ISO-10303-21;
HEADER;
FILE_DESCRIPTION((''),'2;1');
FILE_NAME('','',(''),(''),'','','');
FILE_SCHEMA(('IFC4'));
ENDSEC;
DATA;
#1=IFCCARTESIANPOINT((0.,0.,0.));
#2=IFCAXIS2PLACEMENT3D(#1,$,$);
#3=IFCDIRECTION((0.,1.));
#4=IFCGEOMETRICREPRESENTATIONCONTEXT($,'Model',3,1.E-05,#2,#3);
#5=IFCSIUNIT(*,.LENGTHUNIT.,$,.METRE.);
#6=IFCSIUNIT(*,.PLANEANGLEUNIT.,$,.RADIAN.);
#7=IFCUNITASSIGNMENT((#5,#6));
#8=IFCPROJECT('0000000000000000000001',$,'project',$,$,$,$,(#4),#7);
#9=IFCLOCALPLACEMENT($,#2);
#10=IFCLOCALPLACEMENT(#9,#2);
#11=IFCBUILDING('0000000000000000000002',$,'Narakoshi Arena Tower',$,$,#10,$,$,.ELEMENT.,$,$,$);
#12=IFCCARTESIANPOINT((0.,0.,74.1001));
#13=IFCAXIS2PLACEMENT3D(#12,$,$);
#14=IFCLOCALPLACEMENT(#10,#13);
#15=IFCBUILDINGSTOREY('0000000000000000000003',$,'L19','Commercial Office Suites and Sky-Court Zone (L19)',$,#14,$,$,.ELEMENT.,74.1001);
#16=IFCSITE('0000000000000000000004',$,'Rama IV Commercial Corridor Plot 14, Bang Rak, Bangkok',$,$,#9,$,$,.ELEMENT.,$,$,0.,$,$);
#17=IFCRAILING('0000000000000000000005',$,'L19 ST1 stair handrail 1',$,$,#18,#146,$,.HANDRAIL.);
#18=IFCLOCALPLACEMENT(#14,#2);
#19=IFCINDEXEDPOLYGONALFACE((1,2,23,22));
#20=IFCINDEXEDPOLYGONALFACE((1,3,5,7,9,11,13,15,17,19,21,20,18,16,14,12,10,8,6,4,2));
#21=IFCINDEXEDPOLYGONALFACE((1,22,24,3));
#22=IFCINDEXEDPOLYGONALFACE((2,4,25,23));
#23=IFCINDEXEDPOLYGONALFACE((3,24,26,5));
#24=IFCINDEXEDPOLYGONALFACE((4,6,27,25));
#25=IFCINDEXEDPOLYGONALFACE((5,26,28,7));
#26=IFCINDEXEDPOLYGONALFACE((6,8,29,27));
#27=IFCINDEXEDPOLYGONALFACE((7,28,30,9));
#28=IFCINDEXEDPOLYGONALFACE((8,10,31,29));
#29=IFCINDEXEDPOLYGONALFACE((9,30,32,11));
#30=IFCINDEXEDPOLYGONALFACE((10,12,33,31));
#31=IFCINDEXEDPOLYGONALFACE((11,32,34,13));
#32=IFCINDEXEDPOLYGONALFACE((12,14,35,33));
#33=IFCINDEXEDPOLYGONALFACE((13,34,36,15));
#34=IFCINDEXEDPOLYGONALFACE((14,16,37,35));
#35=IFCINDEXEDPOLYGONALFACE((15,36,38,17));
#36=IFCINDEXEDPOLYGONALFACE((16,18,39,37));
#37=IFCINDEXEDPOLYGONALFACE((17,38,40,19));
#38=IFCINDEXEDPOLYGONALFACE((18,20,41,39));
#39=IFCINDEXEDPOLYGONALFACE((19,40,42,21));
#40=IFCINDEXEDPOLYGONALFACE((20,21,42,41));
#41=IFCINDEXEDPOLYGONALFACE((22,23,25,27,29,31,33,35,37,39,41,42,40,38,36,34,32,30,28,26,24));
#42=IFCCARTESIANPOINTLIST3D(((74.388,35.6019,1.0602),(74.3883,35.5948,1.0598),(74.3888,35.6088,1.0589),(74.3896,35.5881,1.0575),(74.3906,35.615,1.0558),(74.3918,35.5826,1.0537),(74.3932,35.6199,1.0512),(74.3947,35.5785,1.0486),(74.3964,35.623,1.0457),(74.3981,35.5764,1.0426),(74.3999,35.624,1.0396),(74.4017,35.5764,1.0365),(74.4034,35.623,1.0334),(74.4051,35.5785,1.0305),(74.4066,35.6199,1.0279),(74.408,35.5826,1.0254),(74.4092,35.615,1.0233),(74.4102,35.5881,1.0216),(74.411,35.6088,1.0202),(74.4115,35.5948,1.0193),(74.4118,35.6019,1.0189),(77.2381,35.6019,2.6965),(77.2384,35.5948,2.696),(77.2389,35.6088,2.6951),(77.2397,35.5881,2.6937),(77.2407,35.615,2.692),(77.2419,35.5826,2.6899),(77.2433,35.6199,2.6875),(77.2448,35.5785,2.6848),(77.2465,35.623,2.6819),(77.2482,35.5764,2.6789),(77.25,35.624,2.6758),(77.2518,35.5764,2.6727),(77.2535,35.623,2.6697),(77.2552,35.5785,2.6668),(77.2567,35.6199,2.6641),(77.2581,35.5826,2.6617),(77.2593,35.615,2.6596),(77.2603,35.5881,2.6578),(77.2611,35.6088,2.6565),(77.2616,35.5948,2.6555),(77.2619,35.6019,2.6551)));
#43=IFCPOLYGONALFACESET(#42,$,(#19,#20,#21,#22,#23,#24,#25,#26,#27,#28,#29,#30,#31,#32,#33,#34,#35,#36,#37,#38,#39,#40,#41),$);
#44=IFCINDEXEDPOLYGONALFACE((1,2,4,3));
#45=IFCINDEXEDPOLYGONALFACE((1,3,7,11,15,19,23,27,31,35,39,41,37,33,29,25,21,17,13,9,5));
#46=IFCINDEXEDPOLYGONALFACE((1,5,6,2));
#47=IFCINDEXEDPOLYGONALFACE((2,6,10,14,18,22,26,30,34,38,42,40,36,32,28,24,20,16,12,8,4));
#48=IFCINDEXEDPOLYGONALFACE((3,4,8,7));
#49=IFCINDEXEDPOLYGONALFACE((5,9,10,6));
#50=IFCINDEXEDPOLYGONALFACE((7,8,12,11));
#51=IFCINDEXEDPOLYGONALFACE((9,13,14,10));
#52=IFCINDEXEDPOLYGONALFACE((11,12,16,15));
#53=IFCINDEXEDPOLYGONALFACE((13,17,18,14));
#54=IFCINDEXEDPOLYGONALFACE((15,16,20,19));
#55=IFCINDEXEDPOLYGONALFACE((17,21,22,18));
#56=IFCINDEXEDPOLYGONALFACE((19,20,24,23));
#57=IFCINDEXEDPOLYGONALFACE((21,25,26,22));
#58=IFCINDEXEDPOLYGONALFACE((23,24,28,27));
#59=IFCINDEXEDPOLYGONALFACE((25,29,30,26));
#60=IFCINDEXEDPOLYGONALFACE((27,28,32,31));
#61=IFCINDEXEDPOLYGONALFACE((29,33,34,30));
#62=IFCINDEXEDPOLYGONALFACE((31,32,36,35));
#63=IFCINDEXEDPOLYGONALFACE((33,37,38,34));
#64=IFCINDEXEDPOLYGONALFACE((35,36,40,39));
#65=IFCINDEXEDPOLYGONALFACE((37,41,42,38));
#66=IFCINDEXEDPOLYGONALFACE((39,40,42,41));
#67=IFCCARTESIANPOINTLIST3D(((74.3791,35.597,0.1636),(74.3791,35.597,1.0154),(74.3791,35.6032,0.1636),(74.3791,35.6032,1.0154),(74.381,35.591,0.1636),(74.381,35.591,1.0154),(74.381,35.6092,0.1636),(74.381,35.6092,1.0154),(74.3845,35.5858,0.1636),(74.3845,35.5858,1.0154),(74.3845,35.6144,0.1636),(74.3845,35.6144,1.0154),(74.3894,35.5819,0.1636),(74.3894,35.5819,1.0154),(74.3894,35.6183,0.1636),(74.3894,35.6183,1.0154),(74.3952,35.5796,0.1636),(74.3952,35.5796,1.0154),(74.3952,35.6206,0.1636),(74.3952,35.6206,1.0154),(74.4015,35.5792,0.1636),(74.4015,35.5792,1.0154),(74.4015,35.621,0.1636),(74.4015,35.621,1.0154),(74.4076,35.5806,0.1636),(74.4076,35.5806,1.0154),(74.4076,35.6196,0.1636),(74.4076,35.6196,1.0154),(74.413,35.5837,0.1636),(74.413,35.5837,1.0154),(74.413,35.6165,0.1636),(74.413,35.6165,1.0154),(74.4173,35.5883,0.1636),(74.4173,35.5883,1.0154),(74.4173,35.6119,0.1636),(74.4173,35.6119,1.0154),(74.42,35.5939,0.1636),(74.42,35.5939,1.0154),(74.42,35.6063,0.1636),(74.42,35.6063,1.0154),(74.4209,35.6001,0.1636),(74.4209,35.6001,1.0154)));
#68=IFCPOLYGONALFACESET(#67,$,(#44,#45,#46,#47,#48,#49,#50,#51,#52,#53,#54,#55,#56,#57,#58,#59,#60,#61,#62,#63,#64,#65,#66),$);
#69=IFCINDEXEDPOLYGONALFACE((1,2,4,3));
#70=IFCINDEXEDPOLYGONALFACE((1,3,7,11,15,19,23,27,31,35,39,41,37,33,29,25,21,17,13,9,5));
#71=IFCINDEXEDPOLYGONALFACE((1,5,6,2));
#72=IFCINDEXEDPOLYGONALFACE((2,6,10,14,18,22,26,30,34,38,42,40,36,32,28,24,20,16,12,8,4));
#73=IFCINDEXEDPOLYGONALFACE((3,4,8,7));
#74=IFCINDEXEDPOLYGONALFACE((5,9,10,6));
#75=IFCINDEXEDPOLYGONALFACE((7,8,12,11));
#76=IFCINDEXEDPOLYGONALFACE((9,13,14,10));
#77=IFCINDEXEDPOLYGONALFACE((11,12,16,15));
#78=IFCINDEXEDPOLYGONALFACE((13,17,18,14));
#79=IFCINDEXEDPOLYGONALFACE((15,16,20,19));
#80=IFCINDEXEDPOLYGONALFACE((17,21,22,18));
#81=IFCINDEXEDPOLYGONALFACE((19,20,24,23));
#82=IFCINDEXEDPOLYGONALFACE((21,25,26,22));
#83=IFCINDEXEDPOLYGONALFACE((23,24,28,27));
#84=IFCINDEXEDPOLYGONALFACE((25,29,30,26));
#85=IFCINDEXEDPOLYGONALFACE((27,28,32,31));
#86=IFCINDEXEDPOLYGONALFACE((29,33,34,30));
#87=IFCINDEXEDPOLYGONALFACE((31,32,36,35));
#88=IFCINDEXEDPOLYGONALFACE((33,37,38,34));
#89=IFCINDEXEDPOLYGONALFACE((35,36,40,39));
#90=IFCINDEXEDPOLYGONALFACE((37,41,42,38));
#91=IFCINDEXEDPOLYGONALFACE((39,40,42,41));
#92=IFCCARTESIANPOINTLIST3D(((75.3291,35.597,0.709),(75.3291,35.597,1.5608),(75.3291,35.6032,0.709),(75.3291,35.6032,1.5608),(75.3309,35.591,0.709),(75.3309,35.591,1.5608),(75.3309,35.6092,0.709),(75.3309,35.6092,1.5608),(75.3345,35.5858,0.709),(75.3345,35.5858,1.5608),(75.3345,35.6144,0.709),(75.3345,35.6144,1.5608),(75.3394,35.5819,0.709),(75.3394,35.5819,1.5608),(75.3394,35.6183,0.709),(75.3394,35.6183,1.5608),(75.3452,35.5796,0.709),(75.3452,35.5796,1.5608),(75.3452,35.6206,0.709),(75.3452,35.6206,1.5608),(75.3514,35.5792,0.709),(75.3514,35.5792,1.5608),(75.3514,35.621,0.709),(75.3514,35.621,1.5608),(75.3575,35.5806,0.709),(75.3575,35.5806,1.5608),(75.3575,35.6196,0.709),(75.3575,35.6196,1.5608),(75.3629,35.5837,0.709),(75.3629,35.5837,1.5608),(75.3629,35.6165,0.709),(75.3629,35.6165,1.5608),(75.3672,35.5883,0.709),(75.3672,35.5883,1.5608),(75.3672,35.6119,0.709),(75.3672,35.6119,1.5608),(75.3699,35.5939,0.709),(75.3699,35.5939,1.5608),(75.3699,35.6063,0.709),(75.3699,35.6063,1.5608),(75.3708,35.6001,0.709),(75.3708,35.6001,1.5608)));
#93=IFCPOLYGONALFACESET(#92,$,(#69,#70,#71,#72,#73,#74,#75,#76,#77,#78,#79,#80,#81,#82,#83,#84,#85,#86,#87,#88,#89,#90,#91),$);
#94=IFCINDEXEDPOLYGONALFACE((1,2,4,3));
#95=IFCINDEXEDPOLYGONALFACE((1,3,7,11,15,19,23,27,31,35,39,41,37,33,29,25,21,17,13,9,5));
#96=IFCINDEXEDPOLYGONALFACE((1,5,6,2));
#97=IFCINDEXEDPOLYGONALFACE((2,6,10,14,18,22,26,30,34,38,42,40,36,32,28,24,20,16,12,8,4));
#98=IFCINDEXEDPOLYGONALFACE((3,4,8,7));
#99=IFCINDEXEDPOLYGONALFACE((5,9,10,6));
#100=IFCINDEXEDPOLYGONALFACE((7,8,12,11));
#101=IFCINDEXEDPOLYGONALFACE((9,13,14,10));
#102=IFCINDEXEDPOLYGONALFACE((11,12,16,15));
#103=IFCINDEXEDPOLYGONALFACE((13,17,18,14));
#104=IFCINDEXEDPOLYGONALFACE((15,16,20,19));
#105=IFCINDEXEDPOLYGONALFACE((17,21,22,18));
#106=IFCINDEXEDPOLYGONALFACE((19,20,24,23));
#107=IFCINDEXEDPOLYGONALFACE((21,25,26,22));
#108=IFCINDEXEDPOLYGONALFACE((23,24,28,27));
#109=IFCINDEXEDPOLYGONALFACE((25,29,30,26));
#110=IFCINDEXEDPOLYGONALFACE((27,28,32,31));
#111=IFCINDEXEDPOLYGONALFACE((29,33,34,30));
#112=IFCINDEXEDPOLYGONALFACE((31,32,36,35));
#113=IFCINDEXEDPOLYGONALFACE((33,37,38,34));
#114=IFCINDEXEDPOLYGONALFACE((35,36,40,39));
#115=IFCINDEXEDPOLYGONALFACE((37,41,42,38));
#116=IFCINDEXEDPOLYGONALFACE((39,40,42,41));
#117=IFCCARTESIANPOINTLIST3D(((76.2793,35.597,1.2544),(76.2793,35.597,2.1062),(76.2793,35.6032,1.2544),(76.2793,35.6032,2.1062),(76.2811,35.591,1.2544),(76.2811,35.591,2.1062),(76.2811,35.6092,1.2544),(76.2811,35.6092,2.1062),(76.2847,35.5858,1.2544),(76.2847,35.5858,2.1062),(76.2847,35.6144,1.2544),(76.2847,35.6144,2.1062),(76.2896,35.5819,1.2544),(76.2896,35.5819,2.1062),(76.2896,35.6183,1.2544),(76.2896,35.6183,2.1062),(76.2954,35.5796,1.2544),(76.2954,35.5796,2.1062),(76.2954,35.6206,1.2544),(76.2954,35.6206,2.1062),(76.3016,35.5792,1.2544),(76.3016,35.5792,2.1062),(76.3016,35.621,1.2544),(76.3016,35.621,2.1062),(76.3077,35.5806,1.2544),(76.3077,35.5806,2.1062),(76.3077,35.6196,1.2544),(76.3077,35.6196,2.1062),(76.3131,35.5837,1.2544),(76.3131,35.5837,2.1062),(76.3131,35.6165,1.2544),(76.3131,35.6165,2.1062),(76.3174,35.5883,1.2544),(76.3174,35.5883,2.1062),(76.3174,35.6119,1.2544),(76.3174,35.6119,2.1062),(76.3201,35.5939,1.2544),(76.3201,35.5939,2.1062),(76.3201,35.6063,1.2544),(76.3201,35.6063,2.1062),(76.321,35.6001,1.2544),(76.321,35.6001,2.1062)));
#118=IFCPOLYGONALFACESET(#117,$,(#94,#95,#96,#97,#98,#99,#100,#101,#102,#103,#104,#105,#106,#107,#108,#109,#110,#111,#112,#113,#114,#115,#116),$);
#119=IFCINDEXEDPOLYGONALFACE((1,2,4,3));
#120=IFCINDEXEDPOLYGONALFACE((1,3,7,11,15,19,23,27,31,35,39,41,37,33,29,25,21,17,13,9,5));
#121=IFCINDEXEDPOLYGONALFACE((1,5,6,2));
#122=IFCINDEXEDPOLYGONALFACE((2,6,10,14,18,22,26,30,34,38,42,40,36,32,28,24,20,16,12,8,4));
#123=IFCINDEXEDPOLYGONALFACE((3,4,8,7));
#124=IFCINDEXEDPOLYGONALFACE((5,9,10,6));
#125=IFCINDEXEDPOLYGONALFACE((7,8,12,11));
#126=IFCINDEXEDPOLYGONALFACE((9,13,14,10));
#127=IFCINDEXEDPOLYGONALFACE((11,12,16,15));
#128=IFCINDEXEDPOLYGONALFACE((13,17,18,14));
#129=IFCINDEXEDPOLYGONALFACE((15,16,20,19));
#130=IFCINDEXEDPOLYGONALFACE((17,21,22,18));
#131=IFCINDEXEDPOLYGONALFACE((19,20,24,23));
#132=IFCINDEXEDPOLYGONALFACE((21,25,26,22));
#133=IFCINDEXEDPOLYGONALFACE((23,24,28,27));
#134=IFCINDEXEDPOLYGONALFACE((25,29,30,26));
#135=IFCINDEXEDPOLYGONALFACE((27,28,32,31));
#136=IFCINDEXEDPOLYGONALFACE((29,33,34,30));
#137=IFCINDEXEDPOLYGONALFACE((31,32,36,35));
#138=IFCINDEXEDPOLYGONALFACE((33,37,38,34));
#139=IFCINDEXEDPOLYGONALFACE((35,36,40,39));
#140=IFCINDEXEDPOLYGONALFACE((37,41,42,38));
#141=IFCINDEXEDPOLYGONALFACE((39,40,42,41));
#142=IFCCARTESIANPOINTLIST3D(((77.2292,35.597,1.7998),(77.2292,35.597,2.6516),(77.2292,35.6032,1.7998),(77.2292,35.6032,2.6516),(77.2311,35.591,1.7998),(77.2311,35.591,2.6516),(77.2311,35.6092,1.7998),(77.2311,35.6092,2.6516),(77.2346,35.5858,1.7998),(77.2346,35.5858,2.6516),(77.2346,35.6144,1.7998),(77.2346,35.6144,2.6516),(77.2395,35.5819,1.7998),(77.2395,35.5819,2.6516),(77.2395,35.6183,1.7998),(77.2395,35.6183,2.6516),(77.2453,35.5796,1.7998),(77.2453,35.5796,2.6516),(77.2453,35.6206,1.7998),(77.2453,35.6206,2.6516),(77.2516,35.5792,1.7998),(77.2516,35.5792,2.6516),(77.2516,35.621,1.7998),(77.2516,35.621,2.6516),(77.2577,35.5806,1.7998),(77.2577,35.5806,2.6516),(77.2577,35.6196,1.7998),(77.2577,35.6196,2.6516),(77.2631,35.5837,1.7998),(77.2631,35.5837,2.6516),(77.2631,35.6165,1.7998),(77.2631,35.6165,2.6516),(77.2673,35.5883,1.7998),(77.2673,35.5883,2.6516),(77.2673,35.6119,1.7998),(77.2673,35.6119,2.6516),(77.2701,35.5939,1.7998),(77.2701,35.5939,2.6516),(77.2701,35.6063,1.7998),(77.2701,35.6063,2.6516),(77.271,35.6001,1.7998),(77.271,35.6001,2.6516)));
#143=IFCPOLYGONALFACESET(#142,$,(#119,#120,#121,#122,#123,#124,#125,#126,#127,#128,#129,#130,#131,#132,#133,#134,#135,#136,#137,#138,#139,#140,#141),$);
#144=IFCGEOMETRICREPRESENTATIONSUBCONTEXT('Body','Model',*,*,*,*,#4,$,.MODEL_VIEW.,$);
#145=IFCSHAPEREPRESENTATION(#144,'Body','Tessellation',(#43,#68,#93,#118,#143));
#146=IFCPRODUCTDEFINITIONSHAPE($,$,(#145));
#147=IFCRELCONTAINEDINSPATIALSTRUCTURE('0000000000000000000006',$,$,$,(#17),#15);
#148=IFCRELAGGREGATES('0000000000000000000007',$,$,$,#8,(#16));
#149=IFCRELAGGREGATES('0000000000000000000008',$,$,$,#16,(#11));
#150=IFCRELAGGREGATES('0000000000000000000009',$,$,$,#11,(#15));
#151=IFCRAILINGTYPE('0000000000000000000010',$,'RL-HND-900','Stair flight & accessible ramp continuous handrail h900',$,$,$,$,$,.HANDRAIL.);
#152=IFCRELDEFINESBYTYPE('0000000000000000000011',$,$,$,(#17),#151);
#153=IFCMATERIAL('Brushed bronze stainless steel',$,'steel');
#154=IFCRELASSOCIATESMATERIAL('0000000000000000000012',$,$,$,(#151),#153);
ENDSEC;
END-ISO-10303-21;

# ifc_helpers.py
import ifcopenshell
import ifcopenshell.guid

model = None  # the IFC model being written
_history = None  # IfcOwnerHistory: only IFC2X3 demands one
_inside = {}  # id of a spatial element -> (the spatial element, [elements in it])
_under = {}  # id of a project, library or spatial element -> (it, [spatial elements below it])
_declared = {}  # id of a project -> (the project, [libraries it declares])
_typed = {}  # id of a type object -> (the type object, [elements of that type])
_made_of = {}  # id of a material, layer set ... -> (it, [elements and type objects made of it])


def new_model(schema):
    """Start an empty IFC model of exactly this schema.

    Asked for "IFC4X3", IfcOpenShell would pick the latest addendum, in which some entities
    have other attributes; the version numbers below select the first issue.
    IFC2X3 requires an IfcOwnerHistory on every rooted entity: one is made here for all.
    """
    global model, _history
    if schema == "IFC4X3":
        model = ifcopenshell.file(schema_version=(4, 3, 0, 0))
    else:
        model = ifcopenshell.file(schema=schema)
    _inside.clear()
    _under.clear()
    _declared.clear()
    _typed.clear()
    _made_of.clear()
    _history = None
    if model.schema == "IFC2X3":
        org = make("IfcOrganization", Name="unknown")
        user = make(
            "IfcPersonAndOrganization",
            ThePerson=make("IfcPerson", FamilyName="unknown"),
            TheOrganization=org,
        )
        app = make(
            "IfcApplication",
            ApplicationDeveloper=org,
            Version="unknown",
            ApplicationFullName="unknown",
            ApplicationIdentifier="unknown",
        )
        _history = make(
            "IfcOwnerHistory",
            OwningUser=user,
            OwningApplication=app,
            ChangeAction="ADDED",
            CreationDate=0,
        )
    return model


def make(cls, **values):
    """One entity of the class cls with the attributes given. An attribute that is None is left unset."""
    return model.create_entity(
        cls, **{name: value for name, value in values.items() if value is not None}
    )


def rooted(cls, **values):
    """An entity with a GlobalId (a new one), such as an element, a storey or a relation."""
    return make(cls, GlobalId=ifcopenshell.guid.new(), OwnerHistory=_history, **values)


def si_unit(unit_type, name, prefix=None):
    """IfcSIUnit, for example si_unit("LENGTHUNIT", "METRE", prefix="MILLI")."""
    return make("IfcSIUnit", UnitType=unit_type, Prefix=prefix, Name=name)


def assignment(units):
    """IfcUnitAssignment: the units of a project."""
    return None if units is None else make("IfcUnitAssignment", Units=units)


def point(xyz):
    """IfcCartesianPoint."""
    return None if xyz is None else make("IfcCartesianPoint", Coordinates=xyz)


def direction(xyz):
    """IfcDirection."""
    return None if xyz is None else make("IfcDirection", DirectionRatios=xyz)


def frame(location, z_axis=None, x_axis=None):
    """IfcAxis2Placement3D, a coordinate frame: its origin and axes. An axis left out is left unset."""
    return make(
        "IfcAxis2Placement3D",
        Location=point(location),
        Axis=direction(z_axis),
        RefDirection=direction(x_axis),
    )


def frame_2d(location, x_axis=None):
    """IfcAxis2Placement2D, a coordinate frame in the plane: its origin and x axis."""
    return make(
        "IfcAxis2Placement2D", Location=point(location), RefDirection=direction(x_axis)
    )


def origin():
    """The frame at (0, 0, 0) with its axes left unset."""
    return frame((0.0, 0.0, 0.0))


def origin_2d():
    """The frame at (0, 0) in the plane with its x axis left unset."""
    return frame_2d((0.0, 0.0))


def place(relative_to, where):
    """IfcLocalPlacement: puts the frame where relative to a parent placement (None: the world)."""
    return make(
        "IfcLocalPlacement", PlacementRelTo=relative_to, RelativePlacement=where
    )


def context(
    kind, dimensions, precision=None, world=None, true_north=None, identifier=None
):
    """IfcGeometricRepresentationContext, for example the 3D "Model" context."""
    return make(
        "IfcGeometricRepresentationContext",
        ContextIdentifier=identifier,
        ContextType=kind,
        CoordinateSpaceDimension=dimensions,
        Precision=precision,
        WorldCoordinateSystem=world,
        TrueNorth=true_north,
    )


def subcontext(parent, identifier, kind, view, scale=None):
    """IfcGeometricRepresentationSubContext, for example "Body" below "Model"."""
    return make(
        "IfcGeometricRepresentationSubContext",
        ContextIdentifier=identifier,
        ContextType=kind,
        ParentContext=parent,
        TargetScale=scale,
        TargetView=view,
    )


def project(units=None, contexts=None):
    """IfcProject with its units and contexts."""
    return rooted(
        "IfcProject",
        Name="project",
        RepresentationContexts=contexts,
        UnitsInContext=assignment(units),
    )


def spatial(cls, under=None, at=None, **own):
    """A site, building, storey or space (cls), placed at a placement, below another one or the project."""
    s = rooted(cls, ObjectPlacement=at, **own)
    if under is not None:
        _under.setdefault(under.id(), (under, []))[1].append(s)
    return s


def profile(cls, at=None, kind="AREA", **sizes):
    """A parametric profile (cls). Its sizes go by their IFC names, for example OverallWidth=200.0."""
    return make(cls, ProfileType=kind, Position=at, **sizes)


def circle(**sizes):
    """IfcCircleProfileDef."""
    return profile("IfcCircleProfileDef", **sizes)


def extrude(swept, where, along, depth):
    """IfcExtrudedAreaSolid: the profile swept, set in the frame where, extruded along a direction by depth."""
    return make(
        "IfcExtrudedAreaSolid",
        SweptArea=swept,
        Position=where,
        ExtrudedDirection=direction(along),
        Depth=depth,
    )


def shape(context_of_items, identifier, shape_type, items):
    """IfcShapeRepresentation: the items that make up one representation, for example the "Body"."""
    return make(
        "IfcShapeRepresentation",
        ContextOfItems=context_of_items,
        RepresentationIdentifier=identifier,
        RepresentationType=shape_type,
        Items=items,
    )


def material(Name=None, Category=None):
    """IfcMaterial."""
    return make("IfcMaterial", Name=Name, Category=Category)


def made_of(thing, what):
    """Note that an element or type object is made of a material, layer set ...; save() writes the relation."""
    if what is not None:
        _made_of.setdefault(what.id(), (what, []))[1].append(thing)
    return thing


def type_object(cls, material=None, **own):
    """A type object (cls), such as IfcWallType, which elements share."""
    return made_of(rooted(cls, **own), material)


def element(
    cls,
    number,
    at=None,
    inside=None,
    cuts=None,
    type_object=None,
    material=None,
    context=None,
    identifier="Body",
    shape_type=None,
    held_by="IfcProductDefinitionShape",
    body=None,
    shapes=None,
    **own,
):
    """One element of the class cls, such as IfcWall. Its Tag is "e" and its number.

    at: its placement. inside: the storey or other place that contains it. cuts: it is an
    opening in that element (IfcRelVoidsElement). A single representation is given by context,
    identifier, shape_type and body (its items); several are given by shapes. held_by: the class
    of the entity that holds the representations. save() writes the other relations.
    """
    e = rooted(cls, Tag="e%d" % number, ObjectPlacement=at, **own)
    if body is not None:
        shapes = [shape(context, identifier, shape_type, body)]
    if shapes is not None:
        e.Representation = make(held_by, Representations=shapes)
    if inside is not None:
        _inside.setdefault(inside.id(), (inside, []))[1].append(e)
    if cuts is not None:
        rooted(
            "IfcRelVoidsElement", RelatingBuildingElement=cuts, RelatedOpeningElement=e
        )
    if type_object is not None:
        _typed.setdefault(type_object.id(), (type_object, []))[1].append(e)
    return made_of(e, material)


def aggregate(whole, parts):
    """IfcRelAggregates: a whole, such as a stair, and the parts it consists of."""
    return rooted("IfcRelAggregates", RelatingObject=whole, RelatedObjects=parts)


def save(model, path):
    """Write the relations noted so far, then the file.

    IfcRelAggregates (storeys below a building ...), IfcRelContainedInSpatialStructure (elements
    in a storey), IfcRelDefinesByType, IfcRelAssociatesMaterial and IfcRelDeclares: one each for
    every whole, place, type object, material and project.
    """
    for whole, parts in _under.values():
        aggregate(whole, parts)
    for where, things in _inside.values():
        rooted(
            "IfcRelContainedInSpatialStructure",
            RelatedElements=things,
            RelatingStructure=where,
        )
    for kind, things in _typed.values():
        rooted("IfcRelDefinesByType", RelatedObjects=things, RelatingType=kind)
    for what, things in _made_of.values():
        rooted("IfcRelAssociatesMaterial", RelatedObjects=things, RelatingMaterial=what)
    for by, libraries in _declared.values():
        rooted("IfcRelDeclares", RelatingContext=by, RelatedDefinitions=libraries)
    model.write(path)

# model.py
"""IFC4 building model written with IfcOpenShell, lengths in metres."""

from ifc_helpers import new_model, si_unit, direction, frame, origin, origin_2d, place, context, subcontext, project, spatial, circle, extrude, material, type_object, element, save


model = new_model("IFC4")

# Units and contexts
model_context = context("Model", 3, precision=1e-05, world=origin(), true_north=direction((0.0, 1.0)))
body_context = subcontext(model_context, "Body", "Model", "MODEL_VIEW")
ifc_project = project(units=[si_unit("LENGTHUNIT", "METRE"), si_unit("PLANEANGLEUNIT", "RADIAN")], contexts=[model_context])

# Site, building, storey
site_placement = place(None, origin())
site = spatial("IfcSite", under=ifc_project, at=site_placement, Name="Rama IV Commercial Corridor Plot 14, Bang Rak, Bangkok", CompositionType="ELEMENT", RefElevation=0.0)
building_placement = place(site_placement, origin())
building = spatial("IfcBuilding", under=site, at=building_placement, Name="Narakoshi Arena Tower", CompositionType="ELEMENT")
storey_placement = place(building_placement, frame((0.0, 0.0, 74.1001)))
storey = spatial("IfcBuildingStorey", under=building, at=storey_placement, Name="L19", Description="Commercial Office Suites and Sky-Court Zone (L19)", CompositionType="ELEMENT", Elevation=74.1001)

# Railing
ifc_material_1 = material(Name="Brushed bronze stainless steel", Category="steel")
railing_type_1 = type_object("IfcRailingType", Name="RL-HND-900", Description="Stair flight & accessible ramp continuous handrail h900", PredefinedType="HANDRAIL", material=ifc_material_1)
railing_1_placement = place(storey_placement, frame((74.3999, 35.6001, 0.1636)))
element("IfcRailing", 1, at=railing_1_placement, inside=storey, type_object=railing_type_1, Name="L19 ST1 stair handrail 1", PredefinedType="HANDRAIL", context=body_context, shape_type="SweptSolid", body=[
    extrude(circle(Radius=0.0239, at=origin_2d()), frame((0.0, 0.0, 0.876), z_axis=(0.867245, 0.0, 0.497882), x_axis=(0.0, 1.0, 0.0)), (0.0, 0.0, 1.0), 3.2864),
    extrude(circle(Radius=0.021, at=origin_2d()), origin(), (0.0, 0.0, 1.0), 0.8518),
    extrude(circle(Radius=0.021, at=origin_2d()), frame((0.95, 0.0, 0.5454)), (0.0, 0.0, 1.0), 0.8518),
    extrude(circle(Radius=0.021, at=origin_2d()), frame((1.9001, 0.0, 1.0908)), (0.0, 0.0, 1.0), 0.8518),
    extrude(circle(Radius=0.021, at=origin_2d()), frame((2.8501, 0.0, 1.6362)), (0.0, 0.0, 1.0), 0.8518),
])

save(model, "model.ifc")
